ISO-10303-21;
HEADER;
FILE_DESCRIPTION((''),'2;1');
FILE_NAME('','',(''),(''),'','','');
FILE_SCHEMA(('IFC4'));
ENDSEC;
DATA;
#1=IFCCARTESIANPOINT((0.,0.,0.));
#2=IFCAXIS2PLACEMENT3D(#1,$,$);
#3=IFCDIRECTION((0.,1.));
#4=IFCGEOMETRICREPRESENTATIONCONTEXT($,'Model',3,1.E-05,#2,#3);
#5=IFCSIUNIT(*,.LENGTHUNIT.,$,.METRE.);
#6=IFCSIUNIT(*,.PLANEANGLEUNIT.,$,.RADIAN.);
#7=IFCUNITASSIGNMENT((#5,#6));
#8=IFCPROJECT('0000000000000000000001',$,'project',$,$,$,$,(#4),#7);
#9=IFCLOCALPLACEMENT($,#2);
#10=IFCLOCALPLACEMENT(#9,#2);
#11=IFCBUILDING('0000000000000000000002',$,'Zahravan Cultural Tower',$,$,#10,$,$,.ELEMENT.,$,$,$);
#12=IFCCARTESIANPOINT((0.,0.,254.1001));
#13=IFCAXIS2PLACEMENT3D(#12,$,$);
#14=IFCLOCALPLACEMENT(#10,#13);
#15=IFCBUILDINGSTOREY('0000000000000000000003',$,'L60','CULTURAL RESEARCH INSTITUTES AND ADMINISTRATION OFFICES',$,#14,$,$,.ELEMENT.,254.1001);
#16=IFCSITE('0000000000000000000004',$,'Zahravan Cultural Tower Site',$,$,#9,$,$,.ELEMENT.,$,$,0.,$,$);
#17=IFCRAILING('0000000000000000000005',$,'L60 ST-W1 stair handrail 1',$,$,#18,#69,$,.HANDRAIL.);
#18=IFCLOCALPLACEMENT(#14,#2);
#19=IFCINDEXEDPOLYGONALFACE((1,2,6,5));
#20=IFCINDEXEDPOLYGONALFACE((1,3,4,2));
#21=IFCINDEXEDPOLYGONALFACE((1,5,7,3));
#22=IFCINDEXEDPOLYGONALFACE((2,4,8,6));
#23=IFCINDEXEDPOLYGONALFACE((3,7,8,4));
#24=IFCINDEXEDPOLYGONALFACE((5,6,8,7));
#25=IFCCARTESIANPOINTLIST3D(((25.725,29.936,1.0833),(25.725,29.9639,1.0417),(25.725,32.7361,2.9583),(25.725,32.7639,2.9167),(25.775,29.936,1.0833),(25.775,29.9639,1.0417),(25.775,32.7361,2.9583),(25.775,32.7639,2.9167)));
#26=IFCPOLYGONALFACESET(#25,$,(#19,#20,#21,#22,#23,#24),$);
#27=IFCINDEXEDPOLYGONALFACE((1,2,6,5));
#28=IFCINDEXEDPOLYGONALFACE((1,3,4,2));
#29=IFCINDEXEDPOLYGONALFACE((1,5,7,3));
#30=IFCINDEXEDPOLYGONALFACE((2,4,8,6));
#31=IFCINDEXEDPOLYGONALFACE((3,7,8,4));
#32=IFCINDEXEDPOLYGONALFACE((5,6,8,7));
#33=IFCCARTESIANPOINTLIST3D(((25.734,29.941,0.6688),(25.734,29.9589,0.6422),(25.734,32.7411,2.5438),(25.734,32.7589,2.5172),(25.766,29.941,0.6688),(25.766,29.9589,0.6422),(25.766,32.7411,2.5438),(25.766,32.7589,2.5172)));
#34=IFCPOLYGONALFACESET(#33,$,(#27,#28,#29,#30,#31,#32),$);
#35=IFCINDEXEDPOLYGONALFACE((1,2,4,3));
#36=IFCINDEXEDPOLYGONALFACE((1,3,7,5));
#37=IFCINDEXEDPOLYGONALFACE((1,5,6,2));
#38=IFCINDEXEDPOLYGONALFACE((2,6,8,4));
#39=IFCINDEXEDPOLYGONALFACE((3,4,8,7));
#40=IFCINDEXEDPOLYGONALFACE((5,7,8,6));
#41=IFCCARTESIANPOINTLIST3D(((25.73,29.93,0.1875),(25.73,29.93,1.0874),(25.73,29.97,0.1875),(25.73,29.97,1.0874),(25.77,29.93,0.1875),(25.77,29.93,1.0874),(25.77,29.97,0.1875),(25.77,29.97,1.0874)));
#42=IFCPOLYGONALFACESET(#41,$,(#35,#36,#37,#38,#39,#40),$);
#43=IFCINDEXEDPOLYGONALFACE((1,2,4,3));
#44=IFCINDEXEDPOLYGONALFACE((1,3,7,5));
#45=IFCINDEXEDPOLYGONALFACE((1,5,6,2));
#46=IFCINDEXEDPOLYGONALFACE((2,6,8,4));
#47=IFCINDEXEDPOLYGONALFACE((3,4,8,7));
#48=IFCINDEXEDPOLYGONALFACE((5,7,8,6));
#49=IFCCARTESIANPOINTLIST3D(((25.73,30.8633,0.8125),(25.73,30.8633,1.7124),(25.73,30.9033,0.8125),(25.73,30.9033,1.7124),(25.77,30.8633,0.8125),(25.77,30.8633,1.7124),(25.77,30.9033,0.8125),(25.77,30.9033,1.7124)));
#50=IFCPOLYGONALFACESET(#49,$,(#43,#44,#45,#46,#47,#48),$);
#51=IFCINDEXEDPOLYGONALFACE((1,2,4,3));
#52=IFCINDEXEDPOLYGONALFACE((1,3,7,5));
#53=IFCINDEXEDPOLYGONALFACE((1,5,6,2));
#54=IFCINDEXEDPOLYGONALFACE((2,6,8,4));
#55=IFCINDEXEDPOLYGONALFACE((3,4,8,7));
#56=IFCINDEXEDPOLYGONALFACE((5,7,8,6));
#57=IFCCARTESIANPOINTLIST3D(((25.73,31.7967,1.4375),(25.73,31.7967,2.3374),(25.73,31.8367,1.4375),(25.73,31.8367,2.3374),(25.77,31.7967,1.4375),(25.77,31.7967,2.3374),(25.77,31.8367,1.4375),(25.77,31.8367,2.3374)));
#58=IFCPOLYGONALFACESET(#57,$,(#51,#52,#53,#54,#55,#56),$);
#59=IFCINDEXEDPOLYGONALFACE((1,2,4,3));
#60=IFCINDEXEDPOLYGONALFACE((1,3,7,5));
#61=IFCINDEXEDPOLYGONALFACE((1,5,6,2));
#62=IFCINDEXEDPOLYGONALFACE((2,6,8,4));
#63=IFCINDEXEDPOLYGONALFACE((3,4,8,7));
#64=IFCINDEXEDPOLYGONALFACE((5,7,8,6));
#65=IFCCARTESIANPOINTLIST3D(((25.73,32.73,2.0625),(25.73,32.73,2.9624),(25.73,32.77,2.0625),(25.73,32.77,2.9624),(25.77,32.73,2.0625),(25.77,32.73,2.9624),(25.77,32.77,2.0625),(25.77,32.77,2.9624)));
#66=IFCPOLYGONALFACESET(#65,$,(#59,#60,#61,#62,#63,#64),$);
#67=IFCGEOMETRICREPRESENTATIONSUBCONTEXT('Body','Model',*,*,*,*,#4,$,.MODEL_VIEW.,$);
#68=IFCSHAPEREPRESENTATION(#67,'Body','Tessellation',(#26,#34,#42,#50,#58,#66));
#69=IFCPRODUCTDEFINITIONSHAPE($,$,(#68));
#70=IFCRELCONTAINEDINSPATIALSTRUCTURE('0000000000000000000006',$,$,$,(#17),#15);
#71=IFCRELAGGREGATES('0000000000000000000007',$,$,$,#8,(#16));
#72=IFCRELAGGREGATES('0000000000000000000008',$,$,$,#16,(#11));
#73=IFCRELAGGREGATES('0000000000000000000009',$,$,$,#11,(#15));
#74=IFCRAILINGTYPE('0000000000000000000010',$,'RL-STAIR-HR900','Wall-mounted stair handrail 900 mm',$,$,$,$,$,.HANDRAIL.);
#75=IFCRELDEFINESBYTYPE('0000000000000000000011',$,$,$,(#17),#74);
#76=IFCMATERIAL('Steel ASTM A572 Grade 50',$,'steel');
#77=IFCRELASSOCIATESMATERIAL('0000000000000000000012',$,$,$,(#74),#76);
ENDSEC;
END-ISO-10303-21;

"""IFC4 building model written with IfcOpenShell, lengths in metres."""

from ifc_helpers import new_model, si_unit, direction, frame, origin, origin_2d, place, context, subcontext, project, spatial, rectangle, extrude, material, type_object, element, save


model = new_model("IFC4")

# Units and contexts
model_context = context("Model", 3, precision=1e-05, world=origin(), true_north=direction((0.0, 1.0)))
body_context = subcontext(model_context, "Body", "Model", "MODEL_VIEW")
ifc_project = project(units=[si_unit("LENGTHUNIT", "METRE"), si_unit("PLANEANGLEUNIT", "RADIAN")], contexts=[model_context])

# Site, building, storey
site_placement = place(None, origin())
site = spatial("IfcSite", under=ifc_project, at=site_placement, Name="Zahravan Cultural Tower Site", CompositionType="ELEMENT", RefElevation=0.0)
building_placement = place(site_placement, origin())
building = spatial("IfcBuilding", under=site, at=building_placement, Name="Zahravan Cultural Tower", CompositionType="ELEMENT")
storey_placement = place(building_placement, frame((0.0, 0.0, 254.1001)))
storey = spatial("IfcBuildingStorey", under=building, at=storey_placement, Name="L60", Description="CULTURAL RESEARCH INSTITUTES AND ADMINISTRATION OFFICES", CompositionType="ELEMENT", Elevation=254.1001)

# Shared definitions
ifc_material_1 = material(Name="Steel ASTM A572 Grade 50", Category="steel")

# Railing
railing_type_1 = type_object("IfcRailingType", Name="RL-STAIR-HR900", Description="Wall-mounted stair handrail 900 mm", PredefinedType="HANDRAIL", material=ifc_material_1)
railing_1_placement = place(storey_placement, frame((25.75, 29.95, 0.1875)))
element("IfcRailing", 1, at=railing_1_placement, inside=storey, type_object=railing_type_1, Name="L60 ST-W1 stair handrail 1", PredefinedType="HANDRAIL", context=body_context, shape_type="SweptSolid", body=[
    extrude(rectangle(XDim=0.05, YDim=0.05, at=origin_2d()), frame((0.0, 0.0, 0.875), z_axis=(0.0, 0.830912, 0.556404), x_axis=(-1.0, 0.0, 0.0)), (0.0, 0.0, 1.0), 3.3699),
    extrude(rectangle(XDim=0.032, YDim=0.032, at=origin_2d()), frame((0.0, 0.0, 0.468), z_axis=(0.0, 0.830912, 0.556404), x_axis=(-1.0, 0.0, 0.0)), (0.0, 0.0, 1.0), 3.3699),
    extrude(rectangle(XDim=0.04, YDim=0.04, at=origin_2d()), origin(), (0.0, 0.0, 1.0), 0.8999),
    extrude(rectangle(XDim=0.04, YDim=0.04, at=origin_2d()), frame((0.0, 0.9333, 0.625)), (0.0, 0.0, 1.0), 0.8999),
    extrude(rectangle(XDim=0.04, YDim=0.04, at=origin_2d()), frame((0.0, 1.8667, 1.25)), (0.0, 0.0, 1.0), 0.8999),
    extrude(rectangle(XDim=0.04, YDim=0.04, at=origin_2d()), frame((0.0, 2.8, 1.875)), (0.0, 0.0, 1.0), 0.8999),
])

save(model, "model.ifc")
